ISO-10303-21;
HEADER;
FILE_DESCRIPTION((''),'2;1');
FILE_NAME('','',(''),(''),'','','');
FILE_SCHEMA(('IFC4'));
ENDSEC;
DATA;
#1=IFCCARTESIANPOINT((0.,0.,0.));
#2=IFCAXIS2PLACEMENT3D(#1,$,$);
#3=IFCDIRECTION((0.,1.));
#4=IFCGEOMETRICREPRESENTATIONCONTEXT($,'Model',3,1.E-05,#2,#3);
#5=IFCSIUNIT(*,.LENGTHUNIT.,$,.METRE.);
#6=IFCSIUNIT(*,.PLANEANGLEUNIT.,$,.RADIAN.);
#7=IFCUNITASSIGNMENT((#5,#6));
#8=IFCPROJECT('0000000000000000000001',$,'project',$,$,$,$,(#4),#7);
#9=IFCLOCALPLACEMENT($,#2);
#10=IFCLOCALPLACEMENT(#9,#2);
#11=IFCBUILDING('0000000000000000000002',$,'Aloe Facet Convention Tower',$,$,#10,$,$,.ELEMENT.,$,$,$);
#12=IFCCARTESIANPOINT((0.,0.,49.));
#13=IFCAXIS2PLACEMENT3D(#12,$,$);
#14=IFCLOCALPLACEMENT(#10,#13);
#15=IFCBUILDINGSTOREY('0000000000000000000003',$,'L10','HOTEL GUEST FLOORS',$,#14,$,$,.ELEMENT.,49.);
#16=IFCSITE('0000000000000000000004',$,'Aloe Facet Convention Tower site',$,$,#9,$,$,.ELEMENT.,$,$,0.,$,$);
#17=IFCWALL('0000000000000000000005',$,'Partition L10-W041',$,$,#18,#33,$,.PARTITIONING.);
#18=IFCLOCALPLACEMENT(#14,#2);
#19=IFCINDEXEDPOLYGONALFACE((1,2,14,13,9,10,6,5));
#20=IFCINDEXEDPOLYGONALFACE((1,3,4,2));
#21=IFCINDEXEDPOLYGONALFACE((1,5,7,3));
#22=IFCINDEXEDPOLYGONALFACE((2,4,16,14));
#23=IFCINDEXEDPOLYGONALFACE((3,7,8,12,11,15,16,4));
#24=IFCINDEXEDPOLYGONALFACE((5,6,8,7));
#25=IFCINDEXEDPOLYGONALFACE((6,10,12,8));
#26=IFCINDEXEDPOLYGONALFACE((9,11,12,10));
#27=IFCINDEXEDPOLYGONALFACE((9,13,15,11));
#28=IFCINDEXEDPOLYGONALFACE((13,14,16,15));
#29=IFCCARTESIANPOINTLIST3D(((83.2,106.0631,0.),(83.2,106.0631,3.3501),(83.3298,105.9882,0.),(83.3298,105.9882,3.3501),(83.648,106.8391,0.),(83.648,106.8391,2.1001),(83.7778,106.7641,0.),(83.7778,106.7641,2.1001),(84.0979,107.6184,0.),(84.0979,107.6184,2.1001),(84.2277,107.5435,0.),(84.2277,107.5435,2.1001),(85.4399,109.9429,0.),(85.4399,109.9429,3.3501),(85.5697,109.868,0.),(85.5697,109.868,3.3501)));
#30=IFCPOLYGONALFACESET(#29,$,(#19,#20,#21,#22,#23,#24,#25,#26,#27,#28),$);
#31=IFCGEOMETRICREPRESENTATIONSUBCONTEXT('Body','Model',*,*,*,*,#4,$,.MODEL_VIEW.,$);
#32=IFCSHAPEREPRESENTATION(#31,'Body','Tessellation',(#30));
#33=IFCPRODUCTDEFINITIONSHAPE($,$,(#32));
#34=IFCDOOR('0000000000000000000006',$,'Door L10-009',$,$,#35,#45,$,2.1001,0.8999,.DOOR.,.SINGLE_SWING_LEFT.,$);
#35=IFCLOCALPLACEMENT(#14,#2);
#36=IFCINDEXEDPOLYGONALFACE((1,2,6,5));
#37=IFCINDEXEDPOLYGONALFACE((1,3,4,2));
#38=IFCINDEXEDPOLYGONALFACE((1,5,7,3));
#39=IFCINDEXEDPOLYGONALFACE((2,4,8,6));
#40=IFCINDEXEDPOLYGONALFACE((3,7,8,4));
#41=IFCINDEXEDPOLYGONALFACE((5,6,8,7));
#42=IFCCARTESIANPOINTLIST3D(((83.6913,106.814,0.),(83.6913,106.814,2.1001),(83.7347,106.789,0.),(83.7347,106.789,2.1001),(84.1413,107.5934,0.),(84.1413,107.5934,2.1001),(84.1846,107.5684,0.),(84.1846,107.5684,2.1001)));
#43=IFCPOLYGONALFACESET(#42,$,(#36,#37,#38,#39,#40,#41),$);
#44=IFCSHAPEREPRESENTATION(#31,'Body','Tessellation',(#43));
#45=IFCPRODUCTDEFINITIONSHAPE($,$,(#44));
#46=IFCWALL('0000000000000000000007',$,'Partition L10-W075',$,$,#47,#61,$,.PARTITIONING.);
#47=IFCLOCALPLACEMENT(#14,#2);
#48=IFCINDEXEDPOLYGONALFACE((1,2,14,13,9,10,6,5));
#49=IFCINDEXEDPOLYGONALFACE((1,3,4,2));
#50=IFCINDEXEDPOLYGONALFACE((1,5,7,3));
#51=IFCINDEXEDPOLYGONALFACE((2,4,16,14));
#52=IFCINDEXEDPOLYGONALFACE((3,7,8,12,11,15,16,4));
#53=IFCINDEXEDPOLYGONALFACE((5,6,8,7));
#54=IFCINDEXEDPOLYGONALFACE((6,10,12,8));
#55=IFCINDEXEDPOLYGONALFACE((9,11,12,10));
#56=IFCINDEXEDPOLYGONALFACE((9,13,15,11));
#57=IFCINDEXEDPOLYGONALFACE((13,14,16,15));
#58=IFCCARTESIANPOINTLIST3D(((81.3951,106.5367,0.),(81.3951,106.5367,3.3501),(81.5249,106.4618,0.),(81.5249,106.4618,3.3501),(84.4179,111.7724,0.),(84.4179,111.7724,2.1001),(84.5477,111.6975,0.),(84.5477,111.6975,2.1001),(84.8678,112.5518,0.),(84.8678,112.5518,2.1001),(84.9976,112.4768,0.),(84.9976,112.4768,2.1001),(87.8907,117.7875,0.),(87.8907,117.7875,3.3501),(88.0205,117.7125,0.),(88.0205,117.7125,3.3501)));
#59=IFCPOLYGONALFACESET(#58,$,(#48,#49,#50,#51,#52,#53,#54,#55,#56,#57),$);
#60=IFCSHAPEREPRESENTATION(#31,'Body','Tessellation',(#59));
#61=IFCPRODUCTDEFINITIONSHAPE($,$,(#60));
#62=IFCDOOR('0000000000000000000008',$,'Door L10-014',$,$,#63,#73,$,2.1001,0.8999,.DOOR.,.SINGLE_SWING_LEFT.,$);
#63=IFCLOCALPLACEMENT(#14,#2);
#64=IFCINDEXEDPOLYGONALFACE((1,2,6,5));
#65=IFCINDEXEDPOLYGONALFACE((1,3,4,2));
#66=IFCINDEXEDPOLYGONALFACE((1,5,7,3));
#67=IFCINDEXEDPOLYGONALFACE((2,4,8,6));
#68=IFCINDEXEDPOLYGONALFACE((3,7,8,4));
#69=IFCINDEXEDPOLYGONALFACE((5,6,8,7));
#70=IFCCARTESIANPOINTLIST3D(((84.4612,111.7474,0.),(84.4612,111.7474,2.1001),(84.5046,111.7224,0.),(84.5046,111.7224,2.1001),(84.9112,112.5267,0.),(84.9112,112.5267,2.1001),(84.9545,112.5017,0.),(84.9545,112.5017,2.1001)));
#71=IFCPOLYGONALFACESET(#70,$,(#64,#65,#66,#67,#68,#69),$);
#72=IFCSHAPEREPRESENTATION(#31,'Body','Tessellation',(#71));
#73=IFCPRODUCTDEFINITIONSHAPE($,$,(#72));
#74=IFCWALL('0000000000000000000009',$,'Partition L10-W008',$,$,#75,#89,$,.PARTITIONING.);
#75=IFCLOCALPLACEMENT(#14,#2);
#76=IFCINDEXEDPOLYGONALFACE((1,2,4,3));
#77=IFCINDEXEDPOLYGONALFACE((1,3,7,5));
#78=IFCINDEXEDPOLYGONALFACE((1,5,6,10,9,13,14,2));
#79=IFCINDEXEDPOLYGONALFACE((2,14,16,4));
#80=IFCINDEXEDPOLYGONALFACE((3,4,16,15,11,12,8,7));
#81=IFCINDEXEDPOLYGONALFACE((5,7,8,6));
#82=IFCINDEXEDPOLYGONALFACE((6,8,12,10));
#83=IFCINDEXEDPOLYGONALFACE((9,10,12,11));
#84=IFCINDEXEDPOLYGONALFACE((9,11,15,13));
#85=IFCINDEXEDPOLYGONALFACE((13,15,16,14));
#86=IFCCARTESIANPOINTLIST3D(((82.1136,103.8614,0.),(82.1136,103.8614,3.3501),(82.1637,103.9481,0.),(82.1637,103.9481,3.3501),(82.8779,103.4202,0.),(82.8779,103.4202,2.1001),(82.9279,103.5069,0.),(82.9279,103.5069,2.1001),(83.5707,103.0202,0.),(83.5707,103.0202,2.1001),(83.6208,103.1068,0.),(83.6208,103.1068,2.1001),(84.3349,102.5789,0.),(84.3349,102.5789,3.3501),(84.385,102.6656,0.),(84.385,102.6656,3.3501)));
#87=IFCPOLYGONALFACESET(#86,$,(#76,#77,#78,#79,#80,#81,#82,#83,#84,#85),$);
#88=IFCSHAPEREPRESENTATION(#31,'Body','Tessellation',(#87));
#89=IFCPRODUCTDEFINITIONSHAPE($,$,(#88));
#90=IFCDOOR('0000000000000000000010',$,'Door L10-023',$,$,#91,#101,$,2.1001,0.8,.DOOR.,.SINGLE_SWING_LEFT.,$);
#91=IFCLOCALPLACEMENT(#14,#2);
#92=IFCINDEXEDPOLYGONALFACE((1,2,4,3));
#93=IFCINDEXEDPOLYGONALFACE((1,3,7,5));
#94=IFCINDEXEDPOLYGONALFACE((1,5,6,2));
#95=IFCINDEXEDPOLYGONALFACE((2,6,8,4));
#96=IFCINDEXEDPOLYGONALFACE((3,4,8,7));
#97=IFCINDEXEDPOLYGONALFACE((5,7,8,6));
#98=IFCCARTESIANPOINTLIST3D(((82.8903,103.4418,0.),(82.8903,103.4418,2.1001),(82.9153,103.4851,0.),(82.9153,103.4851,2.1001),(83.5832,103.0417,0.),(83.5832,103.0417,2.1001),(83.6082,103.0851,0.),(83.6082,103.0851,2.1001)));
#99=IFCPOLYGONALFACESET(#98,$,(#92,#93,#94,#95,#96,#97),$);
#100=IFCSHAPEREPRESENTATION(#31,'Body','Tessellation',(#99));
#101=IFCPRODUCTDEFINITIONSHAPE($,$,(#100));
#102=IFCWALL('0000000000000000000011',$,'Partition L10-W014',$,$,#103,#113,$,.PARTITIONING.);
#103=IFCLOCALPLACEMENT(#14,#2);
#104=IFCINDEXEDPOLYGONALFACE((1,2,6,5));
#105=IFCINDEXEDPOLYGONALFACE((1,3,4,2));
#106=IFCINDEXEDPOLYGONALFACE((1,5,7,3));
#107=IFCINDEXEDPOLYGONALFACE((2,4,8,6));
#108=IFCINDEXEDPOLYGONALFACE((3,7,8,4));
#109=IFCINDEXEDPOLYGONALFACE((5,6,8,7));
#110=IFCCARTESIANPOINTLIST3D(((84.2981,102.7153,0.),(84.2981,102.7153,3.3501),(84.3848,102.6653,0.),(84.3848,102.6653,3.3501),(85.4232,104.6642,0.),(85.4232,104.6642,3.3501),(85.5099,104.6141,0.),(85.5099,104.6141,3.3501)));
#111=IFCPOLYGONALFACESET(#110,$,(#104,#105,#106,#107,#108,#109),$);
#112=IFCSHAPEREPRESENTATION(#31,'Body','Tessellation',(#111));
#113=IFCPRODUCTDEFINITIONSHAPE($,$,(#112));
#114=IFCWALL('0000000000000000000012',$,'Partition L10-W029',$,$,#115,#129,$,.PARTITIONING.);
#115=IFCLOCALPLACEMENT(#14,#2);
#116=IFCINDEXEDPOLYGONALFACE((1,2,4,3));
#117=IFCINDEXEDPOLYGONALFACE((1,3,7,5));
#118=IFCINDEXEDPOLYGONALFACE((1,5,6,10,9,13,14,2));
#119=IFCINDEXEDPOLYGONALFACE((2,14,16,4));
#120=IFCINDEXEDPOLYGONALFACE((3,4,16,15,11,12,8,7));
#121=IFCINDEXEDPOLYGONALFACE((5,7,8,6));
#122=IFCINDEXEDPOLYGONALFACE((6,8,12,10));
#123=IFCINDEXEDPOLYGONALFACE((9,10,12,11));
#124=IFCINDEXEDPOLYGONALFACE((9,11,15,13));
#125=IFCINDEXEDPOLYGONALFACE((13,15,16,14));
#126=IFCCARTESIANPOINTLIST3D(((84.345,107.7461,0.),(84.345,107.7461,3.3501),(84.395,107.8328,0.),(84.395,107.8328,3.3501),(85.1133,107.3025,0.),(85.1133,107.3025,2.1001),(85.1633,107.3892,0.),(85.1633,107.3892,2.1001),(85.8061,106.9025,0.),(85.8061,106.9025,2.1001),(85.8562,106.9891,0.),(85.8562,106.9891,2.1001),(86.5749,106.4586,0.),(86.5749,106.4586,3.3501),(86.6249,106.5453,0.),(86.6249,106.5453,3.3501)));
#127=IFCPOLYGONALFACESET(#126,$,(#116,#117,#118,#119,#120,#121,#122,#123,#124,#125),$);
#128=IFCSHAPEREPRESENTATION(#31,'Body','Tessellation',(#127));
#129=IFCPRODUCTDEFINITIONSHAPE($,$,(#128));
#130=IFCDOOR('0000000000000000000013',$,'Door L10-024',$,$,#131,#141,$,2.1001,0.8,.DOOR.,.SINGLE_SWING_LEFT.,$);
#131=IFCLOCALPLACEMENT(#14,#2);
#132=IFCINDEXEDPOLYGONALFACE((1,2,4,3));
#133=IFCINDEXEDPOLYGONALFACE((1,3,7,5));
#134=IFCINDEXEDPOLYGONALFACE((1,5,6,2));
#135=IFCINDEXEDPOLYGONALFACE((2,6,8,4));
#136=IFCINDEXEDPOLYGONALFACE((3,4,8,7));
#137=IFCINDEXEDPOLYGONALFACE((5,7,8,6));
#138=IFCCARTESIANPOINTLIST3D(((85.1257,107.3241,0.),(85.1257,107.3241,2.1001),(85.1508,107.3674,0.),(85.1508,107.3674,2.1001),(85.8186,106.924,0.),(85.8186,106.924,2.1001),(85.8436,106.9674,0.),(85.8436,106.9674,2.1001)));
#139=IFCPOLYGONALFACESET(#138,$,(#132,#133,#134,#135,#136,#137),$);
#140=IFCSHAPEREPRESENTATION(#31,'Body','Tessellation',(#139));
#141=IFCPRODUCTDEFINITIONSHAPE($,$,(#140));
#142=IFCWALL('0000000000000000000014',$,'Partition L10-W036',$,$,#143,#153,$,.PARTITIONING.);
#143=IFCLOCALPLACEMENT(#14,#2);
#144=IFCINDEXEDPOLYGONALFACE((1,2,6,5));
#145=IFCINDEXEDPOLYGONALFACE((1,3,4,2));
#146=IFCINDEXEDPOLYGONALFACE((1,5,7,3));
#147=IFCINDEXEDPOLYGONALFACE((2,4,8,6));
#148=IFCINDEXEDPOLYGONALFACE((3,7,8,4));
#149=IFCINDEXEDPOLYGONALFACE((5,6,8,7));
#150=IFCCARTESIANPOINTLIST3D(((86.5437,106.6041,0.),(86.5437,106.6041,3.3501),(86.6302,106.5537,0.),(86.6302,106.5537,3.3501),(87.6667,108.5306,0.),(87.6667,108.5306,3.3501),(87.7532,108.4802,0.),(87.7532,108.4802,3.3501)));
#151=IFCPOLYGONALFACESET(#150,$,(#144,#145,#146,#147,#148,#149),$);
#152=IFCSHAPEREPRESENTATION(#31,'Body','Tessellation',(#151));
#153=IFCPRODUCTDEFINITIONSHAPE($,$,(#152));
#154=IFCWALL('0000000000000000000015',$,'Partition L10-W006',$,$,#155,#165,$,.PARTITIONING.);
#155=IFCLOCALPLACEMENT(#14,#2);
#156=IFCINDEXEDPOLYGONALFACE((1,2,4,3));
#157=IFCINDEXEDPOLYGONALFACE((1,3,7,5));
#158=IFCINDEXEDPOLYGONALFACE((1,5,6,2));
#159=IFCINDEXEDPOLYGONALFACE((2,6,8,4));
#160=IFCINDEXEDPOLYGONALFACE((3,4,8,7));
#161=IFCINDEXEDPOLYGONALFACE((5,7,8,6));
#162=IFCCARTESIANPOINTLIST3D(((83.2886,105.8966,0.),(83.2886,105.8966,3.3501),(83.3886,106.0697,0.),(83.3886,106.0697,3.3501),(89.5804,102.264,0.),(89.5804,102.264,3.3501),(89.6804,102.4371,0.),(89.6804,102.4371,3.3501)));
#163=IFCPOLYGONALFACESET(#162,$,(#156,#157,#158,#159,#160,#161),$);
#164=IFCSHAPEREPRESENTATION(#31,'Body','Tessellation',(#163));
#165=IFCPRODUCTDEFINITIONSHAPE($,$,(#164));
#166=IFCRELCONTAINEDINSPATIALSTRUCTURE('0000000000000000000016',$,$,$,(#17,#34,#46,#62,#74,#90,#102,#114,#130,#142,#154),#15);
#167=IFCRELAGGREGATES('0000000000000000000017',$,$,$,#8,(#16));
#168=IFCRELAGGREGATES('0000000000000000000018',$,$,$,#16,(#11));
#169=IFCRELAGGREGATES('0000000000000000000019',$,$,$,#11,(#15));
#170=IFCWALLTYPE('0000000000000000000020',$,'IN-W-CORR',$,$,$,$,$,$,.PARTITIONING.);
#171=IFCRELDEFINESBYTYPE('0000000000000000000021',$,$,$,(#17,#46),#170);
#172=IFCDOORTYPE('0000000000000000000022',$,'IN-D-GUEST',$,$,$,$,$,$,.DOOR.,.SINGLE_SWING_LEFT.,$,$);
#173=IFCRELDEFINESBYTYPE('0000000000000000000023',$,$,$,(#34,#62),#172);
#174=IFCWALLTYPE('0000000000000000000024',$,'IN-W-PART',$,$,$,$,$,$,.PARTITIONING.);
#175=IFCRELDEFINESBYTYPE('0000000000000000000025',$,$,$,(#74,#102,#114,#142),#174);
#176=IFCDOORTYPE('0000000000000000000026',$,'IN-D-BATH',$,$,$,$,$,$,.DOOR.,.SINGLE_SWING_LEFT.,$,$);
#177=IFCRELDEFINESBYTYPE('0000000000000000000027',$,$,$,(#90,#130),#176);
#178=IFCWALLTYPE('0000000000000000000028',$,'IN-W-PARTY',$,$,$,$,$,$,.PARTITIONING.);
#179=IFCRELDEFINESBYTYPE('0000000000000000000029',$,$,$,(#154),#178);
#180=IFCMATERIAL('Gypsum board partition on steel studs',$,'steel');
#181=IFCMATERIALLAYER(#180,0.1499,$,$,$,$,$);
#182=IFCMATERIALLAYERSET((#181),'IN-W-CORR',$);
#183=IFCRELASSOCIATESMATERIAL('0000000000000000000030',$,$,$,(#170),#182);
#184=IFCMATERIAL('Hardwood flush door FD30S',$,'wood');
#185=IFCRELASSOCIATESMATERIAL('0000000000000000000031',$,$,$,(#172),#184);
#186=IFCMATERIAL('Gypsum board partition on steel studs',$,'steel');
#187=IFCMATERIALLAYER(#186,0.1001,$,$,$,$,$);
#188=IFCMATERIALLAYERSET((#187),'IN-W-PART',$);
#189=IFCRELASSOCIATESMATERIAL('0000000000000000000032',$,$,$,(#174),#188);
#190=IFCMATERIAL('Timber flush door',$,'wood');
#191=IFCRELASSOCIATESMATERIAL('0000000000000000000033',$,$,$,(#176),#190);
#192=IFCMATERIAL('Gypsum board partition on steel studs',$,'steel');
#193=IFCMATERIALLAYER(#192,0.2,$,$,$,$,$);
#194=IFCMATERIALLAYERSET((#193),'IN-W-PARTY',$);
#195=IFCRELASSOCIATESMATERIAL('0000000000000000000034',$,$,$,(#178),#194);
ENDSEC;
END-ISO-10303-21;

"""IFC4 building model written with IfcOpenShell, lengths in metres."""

from ifc_helpers import new_model, si_unit, direction, frame, frame_2d, origin, place, context, subcontext, project, spatial, rectangle, extrude, material, layer, layer_set, type_object, element, fill, save


model = new_model("IFC4")

# Units and contexts
model_context = context("Model", 3, precision=1e-05, world=origin(), true_north=direction((0.0, 1.0)))
body_context = subcontext(model_context, "Body", "Model", "MODEL_VIEW")
ifc_project = project(units=[si_unit("LENGTHUNIT", "METRE"), si_unit("PLANEANGLEUNIT", "RADIAN")], contexts=[model_context])

# Site, building, storey
site_placement = place(None, origin())
site = spatial("IfcSite", under=ifc_project, at=site_placement, Name="Aloe Facet Convention Tower site", CompositionType="ELEMENT", RefElevation=0.0)
building_placement = place(site_placement, origin())
building = spatial("IfcBuilding", under=site, at=building_placement, Name="Aloe Facet Convention Tower", CompositionType="ELEMENT")
storey_placement = place(building_placement, frame((0.0, 0.0, 49.0)))
storey = spatial("IfcBuildingStorey", under=building, at=storey_placement, Name="L10", Description="HOTEL GUEST FLOORS", CompositionType="ELEMENT", Elevation=49.0)

# Shared definitions
ifc_material_1 = material(Name="Gypsum board partition on steel studs", Category="steel")
ifc_layer_1 = layer(ifc_material_1, 0.1499)
ifc_layer_set_1 = layer_set([ifc_layer_1], Name="IN-W-CORR")
wall_type_1 = type_object("IfcWallType", Name="IN-W-CORR", PredefinedType="PARTITIONING", material=ifc_layer_set_1)

# Shared definitions
ifc_material_2 = material(Name="Hardwood flush door FD30S", Category="wood")
door_type_1 = type_object("IfcDoorType", Name="IN-D-GUEST", OperationType="SINGLE_SWING_LEFT", PredefinedType="DOOR", material=ifc_material_2)

# Walls, openings, doors
wall_1_placement = place(storey_placement, frame((83.2649, 106.0256, 0.0), z_axis=(0.0, 0.0, 1.0), x_axis=(0.49999, 0.866031, 0.0)))
wall_1 = element("IfcWall", 1, at=wall_1_placement, inside=storey, type_object=wall_type_1, Name="Partition L10-W041", PredefinedType="PARTITIONING", context=body_context, shape_type="SweptSolid", body=[
    extrude(rectangle(XDim=4.48, YDim=0.1499, at=frame_2d((2.24, 0.0))), origin(), (0.0, 0.0, 1.0), 3.3501),
])
opening_1_placement = place(wall_1_placement, frame((0.896, 0.0, 0.0)))
opening_1 = element("IfcOpeningElement", 2, at=opening_1_placement, cuts=wall_1, PredefinedType="OPENING", context=body_context, shape_type="SweptSolid", body=[
    extrude(rectangle(XDim=0.8999, YDim=2.1001, at=frame_2d((0.45, 1.05))), frame((0.0, 0.085, 0.0), z_axis=(0.0, -1.0, 0.0), x_axis=(1.0, 0.0, 0.0)), (0.0, 0.0, 1.0), 0.1699),
])
door_1_placement = place(opening_1_placement, origin())
door_1 = element("IfcDoor", 3, at=door_1_placement, inside=storey, type_object=door_type_1, Name="Door L10-009", OperationType="SINGLE_SWING_LEFT", OverallHeight=2.1001, OverallWidth=0.8999, PredefinedType="DOOR", context=body_context, shape_type="SweptSolid", body=[
    extrude(rectangle(XDim=0.8999, YDim=2.1001, at=frame_2d((0.45, 1.05))), frame((0.0, 0.0249, 0.0), z_axis=(0.0, -1.0, 0.0), x_axis=(1.0, 0.0, 0.0)), (0.0, 0.0, 1.0), 0.05),
])
fill(opening_1, door_1)
wall_2_placement = place(storey_placement, frame((81.46, 106.4993, 0.0), z_axis=(0.0, 0.0, 1.0), x_axis=(0.5, 0.866026, 0.0)))
wall_2 = element("IfcWall", 4, at=wall_2_placement, inside=storey, type_object=wall_type_1, Name="Partition L10-W075", PredefinedType="PARTITIONING", context=body_context, shape_type="SweptSolid", body=[
    extrude(rectangle(XDim=12.9912, YDim=0.1499, at=frame_2d((6.4956, 0.0))), origin(), (0.0, 0.0, 1.0), 3.3501),
])
opening_2_placement = place(wall_2_placement, frame((6.0457, 0.0, 0.0)))
opening_2 = element("IfcOpeningElement", 5, at=opening_2_placement, cuts=wall_2, PredefinedType="OPENING", context=body_context, shape_type="SweptSolid", body=[
    extrude(rectangle(XDim=0.8999, YDim=2.1001, at=frame_2d((0.45, 1.05))), frame((0.0, 0.085, 0.0), z_axis=(0.0, -1.0, 0.0), x_axis=(1.0, 0.0, 0.0)), (0.0, 0.0, 1.0), 0.1699),
])
door_2_placement = place(opening_2_placement, origin())
door_2 = element("IfcDoor", 6, at=door_2_placement, inside=storey, type_object=door_type_1, Name="Door L10-014", OperationType="SINGLE_SWING_LEFT", OverallHeight=2.1001, OverallWidth=0.8999, PredefinedType="DOOR", context=body_context, shape_type="SweptSolid", body=[
    extrude(rectangle(XDim=0.8999, YDim=2.1001, at=frame_2d((0.45, 1.05))), frame((0.0, 0.0249, 0.0), z_axis=(0.0, -1.0, 0.0), x_axis=(1.0, 0.0, 0.0)), (0.0, 0.0, 1.0), 0.05),
])
fill(opening_2, door_2)
ifc_material_3 = material(Name="Gypsum board partition on steel studs", Category="steel")
ifc_layer_2 = layer(ifc_material_3, 0.1001)
ifc_layer_set_2 = layer_set([ifc_layer_2], Name="IN-W-PART")
wall_type_2 = type_object("IfcWallType", Name="IN-W-PART", PredefinedType="PARTITIONING", material=ifc_layer_set_2)
wall_3_placement = place(storey_placement, frame((82.1387, 103.9048, 0.0), z_axis=(0.0, 0.0, 1.0), x_axis=(0.866014, -0.500019, 0.0)))
wall_3 = element("IfcWall", 7, at=wall_3_placement, inside=storey, type_object=wall_type_2, Name="Partition L10-W008", PredefinedType="PARTITIONING", context=body_context, shape_type="SweptSolid", body=[
    extrude(rectangle(XDim=2.5649, YDim=0.1001, at=frame_2d((1.2825, 0.0))), origin(), (0.0, 0.0, 1.0), 3.3501),
])
opening_3_placement = place(wall_3_placement, frame((0.8826, 0.0, 0.0)))
opening_3 = element("IfcOpeningElement", 8, at=opening_3_placement, cuts=wall_3, PredefinedType="OPENING", context=body_context, shape_type="SweptSolid", body=[
    extrude(rectangle(XDim=0.8, YDim=2.1001, at=frame_2d((0.3999, 1.05))), frame((0.0, 0.0601, 0.0), z_axis=(0.0, -1.0, 0.0), x_axis=(1.0, 0.0, 0.0)), (0.0, 0.0, 1.0), 0.1201),
])
ifc_material_4 = material(Name="Timber flush door", Category="wood")
door_type_2 = type_object("IfcDoorType", Name="IN-D-BATH", OperationType="SINGLE_SWING_LEFT", PredefinedType="DOOR", material=ifc_material_4)
door_3_placement = place(opening_3_placement, origin())
door_3 = element("IfcDoor", 9, at=door_3_placement, inside=storey, type_object=door_type_2, Name="Door L10-023", OperationType="SINGLE_SWING_LEFT", OverallHeight=2.1001, OverallWidth=0.8, PredefinedType="DOOR", context=body_context, shape_type="SweptSolid", body=[
    extrude(rectangle(XDim=0.8, YDim=2.1001, at=frame_2d((0.3999, 1.05))), frame((0.0, 0.0249, 0.0), z_axis=(0.0, -1.0, 0.0), x_axis=(1.0, 0.0, 0.0)), (0.0, 0.0, 1.0), 0.05),
])
fill(opening_3, door_3)

# Wall
wall_4_placement = place(storey_placement, frame((84.3416, 102.6904, 0.0), z_axis=(0.0, 0.0, 1.0), x_axis=(0.499967, 0.866045, 0.0)))
element("IfcWall", 10, at=wall_4_placement, inside=storey, type_object=wall_type_2, Name="Partition L10-W014", PredefinedType="PARTITIONING", context=body_context, shape_type="SweptSolid", body=[
    extrude(rectangle(XDim=2.2502, YDim=0.1001, at=frame_2d((1.125, 0.0))), origin(), (0.0, 0.0, 1.0), 3.3501),
])

# Wall, opening, door
wall_5_placement = place(storey_placement, frame((84.3699, 107.7896, 0.0), z_axis=(0.0, 0.0, 1.0), x_axis=(0.866006, -0.500034, 0.0)))
wall_5 = element("IfcWall", 11, at=wall_5_placement, inside=storey, type_object=wall_type_2, Name="Partition L10-W029", PredefinedType="PARTITIONING", context=body_context, shape_type="SweptSolid", body=[
    extrude(rectangle(XDim=2.575, YDim=0.1001, at=frame_2d((1.2876, 0.0))), origin(), (0.0, 0.0, 1.0), 3.3501),
])
opening_4_placement = place(wall_5_placement, frame((0.8875, 0.0, 0.0)))
opening_4 = element("IfcOpeningElement", 12, at=opening_4_placement, cuts=wall_5, PredefinedType="OPENING", context=body_context, shape_type="SweptSolid", body=[
    extrude(rectangle(XDim=0.8, YDim=2.1001, at=frame_2d((0.3999, 1.05))), frame((0.0, 0.0601, 0.0), z_axis=(0.0, -1.0, 0.0), x_axis=(1.0, 0.0, 0.0)), (0.0, 0.0, 1.0), 0.1201),
])
door_4_placement = place(opening_4_placement, origin())
door_4 = element("IfcDoor", 13, at=door_4_placement, inside=storey, type_object=door_type_2, Name="Door L10-024", OperationType="SINGLE_SWING_LEFT", OverallHeight=2.1001, OverallWidth=0.8, PredefinedType="DOOR", context=body_context, shape_type="SweptSolid", body=[
    extrude(rectangle(XDim=0.8, YDim=2.1001, at=frame_2d((0.3999, 1.05))), frame((0.0, 0.0249, 0.0), z_axis=(0.0, -1.0, 0.0), x_axis=(1.0, 0.0, 0.0)), (0.0, 0.0, 1.0), 0.05),
])
fill(opening_4, door_4)

# Walls
wall_6_placement = place(storey_placement, frame((86.5869, 106.5789, 0.0), z_axis=(0.0, 0.0, 1.0), x_axis=(0.503619, 0.863926, 0.0)))
element("IfcWall", 14, at=wall_6_placement, inside=storey, type_object=wall_type_2, Name="Partition L10-W036", PredefinedType="PARTITIONING", context=body_context, shape_type="SweptSolid", body=[
    extrude(rectangle(XDim=2.23, YDim=0.1001, at=frame_2d((1.115, 0.0))), origin(), (0.0, 0.0, 1.0), 3.3501),
])
ifc_material_5 = material(Name="Gypsum board partition on steel studs", Category="steel")
ifc_layer_3 = layer(ifc_material_5, 0.2)
ifc_layer_set_3 = layer_set([ifc_layer_3], Name="IN-W-PARTY")
wall_type_3 = type_object("IfcWallType", Name="IN-W-PARTY", PredefinedType="PARTITIONING", material=ifc_layer_set_3)
wall_7_placement = place(storey_placement, frame((83.3386, 105.9832, 0.0), z_axis=(0.0, 0.0, 1.0), x_axis=(0.866024, -0.500003, 0.0)))
element("IfcWall", 15, at=wall_7_placement, inside=storey, type_object=wall_type_3, Name="Partition L10-W006", PredefinedType="PARTITIONING", context=body_context, shape_type="SweptSolid", body=[
    extrude(rectangle(XDim=7.2651, YDim=0.2, at=frame_2d((3.6326, 0.0))), origin(), (0.0, 0.0, 1.0), 3.3501),
])

save(model, "model.ifc")
